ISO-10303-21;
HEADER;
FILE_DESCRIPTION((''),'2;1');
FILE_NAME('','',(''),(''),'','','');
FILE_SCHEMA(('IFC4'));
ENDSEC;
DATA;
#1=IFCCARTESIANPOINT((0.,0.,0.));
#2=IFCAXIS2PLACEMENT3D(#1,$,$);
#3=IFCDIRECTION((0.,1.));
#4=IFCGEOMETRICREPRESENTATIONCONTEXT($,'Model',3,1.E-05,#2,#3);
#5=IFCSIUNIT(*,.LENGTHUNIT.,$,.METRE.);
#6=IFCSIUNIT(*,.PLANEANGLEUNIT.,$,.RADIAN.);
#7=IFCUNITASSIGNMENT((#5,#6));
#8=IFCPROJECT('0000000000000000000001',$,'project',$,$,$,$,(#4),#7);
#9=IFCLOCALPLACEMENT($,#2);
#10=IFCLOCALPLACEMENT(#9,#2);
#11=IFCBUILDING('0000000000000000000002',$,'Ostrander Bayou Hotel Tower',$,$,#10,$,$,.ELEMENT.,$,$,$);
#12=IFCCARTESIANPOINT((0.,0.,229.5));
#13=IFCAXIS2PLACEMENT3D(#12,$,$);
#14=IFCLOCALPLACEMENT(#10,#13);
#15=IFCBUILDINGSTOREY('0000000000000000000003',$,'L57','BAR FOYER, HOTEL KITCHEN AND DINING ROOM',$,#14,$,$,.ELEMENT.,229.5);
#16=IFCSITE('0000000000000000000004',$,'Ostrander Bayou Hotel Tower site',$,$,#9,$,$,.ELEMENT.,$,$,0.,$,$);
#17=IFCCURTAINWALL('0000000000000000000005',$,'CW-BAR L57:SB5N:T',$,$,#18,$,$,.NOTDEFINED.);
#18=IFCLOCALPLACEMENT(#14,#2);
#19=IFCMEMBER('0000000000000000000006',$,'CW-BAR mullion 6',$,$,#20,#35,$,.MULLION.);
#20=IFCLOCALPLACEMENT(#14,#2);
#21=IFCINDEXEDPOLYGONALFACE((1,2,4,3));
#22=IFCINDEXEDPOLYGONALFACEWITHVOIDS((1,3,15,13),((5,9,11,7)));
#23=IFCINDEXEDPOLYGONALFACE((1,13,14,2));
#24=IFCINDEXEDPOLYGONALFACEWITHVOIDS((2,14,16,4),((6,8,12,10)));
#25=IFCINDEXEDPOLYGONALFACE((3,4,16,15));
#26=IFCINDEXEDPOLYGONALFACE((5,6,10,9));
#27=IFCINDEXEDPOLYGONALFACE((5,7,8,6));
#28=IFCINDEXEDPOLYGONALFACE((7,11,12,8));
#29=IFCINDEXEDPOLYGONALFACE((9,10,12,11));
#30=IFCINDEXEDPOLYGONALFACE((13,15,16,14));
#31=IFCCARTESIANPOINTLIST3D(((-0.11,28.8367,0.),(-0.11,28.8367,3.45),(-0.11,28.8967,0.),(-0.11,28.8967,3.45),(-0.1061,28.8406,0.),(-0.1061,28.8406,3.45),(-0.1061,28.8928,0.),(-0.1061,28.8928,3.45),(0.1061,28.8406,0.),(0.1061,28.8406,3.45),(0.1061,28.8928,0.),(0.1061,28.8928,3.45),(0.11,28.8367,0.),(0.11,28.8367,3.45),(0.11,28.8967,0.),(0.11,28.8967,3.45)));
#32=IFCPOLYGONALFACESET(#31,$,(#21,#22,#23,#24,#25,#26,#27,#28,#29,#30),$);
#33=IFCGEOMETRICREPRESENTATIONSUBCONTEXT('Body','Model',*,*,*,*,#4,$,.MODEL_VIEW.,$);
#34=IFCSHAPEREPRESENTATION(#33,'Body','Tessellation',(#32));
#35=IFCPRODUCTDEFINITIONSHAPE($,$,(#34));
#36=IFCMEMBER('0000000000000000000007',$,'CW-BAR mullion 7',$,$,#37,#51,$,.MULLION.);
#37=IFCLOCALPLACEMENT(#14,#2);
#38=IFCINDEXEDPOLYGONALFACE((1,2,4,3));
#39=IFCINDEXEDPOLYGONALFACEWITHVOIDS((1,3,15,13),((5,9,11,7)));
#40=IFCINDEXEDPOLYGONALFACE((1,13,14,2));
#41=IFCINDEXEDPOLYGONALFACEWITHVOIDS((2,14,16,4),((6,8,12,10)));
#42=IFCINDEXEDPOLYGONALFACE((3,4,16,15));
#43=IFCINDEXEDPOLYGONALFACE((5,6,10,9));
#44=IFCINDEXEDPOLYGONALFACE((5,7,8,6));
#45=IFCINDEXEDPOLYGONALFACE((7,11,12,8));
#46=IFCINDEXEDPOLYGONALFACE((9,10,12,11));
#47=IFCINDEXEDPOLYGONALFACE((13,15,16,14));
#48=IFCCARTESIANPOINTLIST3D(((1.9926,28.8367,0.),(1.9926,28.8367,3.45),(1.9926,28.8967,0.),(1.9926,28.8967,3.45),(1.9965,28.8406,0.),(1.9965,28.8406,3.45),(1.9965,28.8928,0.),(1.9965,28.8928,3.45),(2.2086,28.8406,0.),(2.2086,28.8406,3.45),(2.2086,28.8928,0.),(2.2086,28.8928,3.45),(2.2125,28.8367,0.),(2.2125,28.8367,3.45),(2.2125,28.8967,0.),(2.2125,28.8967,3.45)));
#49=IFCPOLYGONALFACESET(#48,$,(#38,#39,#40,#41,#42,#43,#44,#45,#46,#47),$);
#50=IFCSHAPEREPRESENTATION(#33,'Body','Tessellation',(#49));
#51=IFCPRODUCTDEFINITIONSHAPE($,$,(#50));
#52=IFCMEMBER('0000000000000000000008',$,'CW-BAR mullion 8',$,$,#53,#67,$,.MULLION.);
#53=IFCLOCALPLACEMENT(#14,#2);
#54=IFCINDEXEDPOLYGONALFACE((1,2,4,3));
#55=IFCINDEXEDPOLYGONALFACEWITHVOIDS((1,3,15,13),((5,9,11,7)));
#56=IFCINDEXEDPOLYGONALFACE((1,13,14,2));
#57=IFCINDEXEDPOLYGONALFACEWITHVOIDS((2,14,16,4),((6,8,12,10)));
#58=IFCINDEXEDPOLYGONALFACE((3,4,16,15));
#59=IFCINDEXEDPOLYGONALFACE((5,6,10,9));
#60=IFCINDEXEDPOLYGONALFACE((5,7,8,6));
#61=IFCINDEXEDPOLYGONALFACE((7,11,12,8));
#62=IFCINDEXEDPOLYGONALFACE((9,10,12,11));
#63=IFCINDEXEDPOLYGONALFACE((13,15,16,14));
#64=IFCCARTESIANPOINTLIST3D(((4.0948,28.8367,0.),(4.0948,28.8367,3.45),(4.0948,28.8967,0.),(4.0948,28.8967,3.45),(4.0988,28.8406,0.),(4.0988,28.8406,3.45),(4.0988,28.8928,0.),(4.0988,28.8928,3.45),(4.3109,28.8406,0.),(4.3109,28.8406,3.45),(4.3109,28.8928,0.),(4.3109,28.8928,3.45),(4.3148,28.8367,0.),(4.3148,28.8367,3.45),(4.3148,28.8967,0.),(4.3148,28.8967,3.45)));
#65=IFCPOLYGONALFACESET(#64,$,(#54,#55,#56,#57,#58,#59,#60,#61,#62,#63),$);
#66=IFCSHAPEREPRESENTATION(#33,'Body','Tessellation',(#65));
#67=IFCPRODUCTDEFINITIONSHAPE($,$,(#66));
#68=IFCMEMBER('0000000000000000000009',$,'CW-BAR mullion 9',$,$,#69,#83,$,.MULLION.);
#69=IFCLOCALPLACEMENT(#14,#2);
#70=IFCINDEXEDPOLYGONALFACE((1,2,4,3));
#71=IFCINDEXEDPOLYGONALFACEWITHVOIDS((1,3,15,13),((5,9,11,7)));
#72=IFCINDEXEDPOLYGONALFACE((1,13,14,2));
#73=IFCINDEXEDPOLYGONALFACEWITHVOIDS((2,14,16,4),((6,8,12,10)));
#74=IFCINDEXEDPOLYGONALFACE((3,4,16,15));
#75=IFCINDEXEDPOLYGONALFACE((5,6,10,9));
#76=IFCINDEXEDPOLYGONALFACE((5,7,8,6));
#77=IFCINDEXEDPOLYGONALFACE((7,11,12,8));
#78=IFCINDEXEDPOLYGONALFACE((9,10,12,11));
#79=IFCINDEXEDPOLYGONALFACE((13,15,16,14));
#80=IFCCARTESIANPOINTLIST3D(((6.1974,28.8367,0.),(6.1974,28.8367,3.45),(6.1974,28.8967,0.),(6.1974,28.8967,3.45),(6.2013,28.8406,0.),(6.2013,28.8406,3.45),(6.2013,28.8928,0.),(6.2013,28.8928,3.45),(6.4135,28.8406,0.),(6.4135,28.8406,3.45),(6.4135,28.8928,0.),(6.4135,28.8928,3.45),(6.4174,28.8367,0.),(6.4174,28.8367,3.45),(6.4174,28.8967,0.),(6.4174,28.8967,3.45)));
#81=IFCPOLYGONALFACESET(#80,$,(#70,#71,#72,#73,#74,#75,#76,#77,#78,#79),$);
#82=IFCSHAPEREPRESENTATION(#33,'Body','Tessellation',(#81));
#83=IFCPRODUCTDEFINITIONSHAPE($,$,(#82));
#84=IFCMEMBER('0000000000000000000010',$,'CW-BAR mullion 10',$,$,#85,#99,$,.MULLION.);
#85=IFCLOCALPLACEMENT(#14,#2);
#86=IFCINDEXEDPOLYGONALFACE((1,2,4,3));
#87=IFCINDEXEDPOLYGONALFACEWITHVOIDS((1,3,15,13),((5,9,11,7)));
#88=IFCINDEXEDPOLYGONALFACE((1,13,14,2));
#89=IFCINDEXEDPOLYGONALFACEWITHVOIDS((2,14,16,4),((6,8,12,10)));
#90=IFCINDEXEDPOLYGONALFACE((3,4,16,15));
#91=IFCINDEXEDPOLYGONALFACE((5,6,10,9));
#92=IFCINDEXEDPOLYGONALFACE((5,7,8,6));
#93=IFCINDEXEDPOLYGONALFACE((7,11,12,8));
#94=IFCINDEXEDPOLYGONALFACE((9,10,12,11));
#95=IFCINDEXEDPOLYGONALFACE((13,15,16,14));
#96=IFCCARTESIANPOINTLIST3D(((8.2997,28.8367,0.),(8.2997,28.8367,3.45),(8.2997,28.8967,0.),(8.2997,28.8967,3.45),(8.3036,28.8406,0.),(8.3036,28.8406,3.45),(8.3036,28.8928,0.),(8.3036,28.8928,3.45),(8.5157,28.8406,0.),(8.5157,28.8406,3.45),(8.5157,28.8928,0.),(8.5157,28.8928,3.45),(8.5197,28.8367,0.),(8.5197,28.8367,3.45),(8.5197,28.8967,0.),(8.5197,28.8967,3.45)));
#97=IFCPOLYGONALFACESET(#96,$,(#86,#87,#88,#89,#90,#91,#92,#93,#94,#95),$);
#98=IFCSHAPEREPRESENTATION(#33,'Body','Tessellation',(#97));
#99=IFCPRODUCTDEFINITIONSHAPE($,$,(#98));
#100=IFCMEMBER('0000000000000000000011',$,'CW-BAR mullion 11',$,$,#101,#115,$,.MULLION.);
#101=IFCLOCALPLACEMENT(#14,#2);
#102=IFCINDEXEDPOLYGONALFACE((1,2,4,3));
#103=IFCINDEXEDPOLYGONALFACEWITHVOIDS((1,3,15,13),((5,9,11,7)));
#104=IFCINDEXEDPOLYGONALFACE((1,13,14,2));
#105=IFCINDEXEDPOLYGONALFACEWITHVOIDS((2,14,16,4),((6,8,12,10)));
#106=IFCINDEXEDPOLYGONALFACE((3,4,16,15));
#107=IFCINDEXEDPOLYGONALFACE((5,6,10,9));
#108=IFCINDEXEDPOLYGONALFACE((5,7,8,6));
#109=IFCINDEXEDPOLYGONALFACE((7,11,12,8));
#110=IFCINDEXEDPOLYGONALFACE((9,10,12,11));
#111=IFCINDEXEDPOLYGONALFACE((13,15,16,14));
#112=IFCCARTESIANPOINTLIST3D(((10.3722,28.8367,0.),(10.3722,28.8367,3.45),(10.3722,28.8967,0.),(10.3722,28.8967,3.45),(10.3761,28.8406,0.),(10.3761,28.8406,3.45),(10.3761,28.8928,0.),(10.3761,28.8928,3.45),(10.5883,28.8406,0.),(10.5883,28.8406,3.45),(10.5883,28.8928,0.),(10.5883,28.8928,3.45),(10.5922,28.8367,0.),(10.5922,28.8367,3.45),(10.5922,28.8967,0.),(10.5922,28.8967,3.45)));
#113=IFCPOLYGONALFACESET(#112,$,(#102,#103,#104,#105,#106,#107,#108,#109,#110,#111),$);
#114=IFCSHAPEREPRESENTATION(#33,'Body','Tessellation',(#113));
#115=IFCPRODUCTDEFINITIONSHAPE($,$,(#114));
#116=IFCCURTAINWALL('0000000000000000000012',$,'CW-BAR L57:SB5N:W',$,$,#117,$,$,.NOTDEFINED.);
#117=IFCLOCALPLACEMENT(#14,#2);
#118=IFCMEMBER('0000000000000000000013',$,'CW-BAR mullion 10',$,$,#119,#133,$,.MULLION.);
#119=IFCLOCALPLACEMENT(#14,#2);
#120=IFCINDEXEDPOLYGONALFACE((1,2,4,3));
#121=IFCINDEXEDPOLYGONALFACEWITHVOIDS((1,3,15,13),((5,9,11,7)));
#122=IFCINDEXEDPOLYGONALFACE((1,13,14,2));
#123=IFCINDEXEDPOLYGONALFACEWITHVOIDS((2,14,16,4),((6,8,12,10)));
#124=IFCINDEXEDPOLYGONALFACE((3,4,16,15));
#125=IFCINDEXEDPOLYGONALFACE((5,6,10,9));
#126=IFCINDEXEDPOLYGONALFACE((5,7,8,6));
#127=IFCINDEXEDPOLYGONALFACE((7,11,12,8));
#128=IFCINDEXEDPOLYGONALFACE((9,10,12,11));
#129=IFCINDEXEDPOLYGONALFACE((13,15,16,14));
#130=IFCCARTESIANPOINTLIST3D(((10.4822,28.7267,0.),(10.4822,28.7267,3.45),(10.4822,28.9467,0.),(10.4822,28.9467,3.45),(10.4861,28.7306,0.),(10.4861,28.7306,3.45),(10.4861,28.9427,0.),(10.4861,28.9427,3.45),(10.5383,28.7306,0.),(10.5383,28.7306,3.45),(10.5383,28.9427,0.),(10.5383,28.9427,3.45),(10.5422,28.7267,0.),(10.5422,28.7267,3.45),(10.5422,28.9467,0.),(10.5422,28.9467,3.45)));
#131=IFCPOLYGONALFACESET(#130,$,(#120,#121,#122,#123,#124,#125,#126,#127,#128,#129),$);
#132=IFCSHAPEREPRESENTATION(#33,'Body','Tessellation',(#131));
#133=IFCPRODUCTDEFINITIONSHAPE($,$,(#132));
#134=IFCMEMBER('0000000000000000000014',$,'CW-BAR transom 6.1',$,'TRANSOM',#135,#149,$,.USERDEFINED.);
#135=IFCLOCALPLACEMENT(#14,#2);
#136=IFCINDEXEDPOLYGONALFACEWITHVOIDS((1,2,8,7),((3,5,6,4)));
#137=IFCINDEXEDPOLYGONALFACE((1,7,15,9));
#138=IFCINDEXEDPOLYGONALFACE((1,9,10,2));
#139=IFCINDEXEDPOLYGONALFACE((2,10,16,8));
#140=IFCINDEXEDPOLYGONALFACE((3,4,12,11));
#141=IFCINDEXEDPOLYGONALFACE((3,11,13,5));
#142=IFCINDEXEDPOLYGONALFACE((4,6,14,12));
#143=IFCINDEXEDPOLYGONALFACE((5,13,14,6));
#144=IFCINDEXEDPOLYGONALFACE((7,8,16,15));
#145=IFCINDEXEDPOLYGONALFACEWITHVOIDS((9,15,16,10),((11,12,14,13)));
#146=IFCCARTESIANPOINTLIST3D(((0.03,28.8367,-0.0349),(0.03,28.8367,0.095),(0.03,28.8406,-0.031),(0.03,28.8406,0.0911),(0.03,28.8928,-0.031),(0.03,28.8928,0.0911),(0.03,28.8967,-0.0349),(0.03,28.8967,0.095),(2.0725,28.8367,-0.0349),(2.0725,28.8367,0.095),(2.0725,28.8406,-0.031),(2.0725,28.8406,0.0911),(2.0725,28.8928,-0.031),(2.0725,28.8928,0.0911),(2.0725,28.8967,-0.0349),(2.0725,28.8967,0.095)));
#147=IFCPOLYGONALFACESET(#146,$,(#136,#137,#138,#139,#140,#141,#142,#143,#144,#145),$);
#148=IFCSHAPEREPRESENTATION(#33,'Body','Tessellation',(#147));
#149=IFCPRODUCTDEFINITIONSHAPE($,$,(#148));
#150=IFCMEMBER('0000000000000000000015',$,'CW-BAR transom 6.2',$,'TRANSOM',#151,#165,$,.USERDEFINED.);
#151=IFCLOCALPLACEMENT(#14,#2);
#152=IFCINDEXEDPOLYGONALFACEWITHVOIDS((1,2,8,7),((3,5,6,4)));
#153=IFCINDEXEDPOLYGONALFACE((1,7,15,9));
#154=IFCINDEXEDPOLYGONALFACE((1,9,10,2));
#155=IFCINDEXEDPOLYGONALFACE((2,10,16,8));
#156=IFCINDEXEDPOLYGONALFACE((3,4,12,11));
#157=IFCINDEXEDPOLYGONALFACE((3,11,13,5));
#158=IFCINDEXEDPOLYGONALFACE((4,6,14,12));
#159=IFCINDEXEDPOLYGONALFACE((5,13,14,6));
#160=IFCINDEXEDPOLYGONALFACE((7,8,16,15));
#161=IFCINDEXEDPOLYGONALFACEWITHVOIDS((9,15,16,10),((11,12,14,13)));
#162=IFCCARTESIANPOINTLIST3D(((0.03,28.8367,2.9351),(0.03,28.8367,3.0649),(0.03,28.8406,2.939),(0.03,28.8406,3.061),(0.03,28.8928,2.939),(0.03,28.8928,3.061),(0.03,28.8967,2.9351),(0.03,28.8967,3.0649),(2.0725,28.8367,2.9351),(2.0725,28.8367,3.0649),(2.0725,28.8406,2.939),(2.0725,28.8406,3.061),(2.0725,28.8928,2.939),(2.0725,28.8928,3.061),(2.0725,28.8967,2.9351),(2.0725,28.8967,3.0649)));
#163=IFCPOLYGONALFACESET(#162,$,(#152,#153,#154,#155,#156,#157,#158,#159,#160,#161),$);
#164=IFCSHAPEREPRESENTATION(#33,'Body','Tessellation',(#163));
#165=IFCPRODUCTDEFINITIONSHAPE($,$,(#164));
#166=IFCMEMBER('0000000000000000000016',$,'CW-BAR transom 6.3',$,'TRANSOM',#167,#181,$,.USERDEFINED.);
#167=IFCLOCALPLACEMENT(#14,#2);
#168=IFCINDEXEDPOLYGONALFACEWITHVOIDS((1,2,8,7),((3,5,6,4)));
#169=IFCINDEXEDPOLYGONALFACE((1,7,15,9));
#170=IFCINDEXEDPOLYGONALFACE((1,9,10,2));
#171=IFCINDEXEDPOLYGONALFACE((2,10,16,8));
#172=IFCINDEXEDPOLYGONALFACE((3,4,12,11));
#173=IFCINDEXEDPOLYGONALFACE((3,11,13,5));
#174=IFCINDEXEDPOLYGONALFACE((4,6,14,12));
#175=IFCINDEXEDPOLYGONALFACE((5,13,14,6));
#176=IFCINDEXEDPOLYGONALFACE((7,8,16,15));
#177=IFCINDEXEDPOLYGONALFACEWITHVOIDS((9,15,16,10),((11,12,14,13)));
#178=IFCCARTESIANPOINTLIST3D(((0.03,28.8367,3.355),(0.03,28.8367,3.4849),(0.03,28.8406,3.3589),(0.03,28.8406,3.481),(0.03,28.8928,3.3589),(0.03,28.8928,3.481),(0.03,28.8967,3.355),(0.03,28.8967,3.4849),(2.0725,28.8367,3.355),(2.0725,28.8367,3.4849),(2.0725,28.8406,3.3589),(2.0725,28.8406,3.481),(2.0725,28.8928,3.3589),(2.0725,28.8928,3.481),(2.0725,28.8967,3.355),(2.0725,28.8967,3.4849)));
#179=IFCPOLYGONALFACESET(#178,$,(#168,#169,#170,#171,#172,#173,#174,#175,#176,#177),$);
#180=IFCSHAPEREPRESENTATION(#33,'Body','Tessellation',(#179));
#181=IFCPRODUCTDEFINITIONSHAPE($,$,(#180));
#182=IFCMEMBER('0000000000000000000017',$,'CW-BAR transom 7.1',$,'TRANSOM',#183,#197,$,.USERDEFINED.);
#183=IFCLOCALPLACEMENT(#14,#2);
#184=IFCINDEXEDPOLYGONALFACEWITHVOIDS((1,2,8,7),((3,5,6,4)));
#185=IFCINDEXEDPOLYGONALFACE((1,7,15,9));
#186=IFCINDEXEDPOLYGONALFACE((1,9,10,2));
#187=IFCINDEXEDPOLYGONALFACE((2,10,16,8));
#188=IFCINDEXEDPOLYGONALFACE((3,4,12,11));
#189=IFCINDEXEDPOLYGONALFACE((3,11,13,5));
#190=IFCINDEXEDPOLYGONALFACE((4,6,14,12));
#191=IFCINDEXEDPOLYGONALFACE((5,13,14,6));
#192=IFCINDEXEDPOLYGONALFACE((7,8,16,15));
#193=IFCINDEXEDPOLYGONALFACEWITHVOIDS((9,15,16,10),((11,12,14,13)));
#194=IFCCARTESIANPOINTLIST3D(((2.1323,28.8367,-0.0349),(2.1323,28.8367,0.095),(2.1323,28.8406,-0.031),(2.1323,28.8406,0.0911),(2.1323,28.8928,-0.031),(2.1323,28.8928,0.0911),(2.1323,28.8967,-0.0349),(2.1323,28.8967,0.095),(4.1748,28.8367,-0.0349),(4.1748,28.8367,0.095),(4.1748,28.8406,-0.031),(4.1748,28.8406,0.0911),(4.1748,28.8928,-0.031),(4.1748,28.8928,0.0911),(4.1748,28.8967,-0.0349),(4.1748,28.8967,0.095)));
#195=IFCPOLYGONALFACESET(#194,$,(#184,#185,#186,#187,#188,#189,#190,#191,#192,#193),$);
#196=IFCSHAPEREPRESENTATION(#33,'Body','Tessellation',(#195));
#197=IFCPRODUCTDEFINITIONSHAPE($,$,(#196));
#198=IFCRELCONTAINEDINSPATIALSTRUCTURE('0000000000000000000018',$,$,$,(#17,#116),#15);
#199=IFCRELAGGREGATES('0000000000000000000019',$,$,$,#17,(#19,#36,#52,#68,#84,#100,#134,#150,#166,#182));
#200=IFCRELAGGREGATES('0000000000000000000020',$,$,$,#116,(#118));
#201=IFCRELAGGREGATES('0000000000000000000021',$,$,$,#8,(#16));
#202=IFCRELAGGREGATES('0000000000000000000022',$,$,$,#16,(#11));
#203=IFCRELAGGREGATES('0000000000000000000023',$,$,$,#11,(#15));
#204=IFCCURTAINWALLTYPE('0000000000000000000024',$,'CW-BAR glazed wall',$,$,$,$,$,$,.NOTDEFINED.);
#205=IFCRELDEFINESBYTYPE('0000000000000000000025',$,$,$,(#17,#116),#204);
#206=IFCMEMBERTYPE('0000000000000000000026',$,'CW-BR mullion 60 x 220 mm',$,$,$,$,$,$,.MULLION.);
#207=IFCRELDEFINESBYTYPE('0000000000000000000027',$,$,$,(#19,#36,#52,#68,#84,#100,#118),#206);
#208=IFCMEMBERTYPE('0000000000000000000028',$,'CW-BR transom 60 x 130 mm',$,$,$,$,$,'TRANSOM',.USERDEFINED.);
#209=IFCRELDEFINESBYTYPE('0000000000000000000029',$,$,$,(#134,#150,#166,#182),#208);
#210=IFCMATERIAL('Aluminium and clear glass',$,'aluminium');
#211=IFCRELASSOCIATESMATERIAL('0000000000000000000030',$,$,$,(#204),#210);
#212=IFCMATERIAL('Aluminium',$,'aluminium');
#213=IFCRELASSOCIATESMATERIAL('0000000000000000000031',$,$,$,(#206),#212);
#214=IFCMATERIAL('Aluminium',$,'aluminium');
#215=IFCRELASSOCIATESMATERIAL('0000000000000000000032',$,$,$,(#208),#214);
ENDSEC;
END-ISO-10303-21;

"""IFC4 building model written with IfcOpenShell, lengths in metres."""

from ifc_helpers import new_model, si_unit, direction, frame, origin, origin_2d, place, context, subcontext, project, spatial, hollow_rectangle, extrude, material, material_profile, profile_set, type_object, element, aggregate, save


model = new_model("IFC4")

# Units and contexts
model_context = context("Model", 3, precision=1e-05, world=origin(), true_north=direction((0.0, 1.0)))
body_context = subcontext(model_context, "Body", "Model", "MODEL_VIEW")
ifc_project = project(units=[si_unit("LENGTHUNIT", "METRE"), si_unit("PLANEANGLEUNIT", "RADIAN")], contexts=[model_context])

# Site, building, storey
site_placement = place(None, origin())
site = spatial("IfcSite", under=ifc_project, at=site_placement, Name="Ostrander Bayou Hotel Tower site", CompositionType="ELEMENT", RefElevation=0.0)
building_placement = place(site_placement, origin())
building = spatial("IfcBuilding", under=site, at=building_placement, Name="Ostrander Bayou Hotel Tower", CompositionType="ELEMENT")
storey_placement = place(building_placement, frame((0.0, 0.0, 229.5)))
storey = spatial("IfcBuildingStorey", under=building, at=storey_placement, Name="L57", Description="BAR FOYER, HOTEL KITCHEN AND DINING ROOM", CompositionType="ELEMENT", Elevation=229.5)

# Curtain wall, members
ifc_material_1 = material(Name="Aluminium and clear glass", Category="aluminium")
curtain_wall_type = type_object("IfcCurtainWallType", Name="CW-BAR glazed wall", PredefinedType="NOTDEFINED", material=ifc_material_1)
curtain_wall_1_placement = place(storey_placement, origin())
curtain_wall_1 = element("IfcCurtainWall", 1, at=curtain_wall_1_placement, inside=storey, type_object=curtain_wall_type, Name="CW-BAR L57:SB5N:T", PredefinedType="NOTDEFINED")
ifc_material_2 = material(Name="Aluminium", Category="aluminium")
ifc_material_profile_1 = material_profile(ifc_material_2, hollow_rectangle(XDim=0.0601, YDim=0.22, WallThickness=0.0039, at=origin_2d()))
ifc_profile_set_1 = profile_set([ifc_material_profile_1], Name="Aluminium")
member_type_1 = type_object("IfcMemberType", Name="CW-BR mullion 60 x 220 mm", PredefinedType="MULLION", material=ifc_profile_set_1)
member_1_placement = place(storey_placement, frame((0.0, 28.8667, 0.0), z_axis=(0.0, 0.0, 1.0), x_axis=(0.0, 1.0, 0.0)))
member_1 = element("IfcMember", 2, at=member_1_placement, type_object=member_type_1, Name="CW-BAR mullion 6", PredefinedType="MULLION", context=body_context, shape_type="SweptSolid", body=[
    extrude(hollow_rectangle(XDim=0.0601, YDim=0.22, WallThickness=0.0039, at=origin_2d()), origin(), (0.0, 0.0, 1.0), 3.45),
])
member_2_placement = place(storey_placement, frame((2.1025, 28.8667, 0.0), z_axis=(0.0, 0.0, 1.0), x_axis=(0.0, 1.0, 0.0)))
member_2 = element("IfcMember", 3, at=member_2_placement, type_object=member_type_1, Name="CW-BAR mullion 7", PredefinedType="MULLION", context=body_context, shape_type="SweptSolid", body=[
    extrude(hollow_rectangle(XDim=0.0601, YDim=0.22, WallThickness=0.0039, at=origin_2d()), origin(), (0.0, 0.0, 1.0), 3.45),
])
member_3_placement = place(storey_placement, frame((4.2048, 28.8667, 0.0), z_axis=(0.0, 0.0, 1.0), x_axis=(0.0, 1.0, 0.0)))
member_3 = element("IfcMember", 4, at=member_3_placement, type_object=member_type_1, Name="CW-BAR mullion 8", PredefinedType="MULLION", context=body_context, shape_type="SweptSolid", body=[
    extrude(hollow_rectangle(XDim=0.0601, YDim=0.22, WallThickness=0.0039, at=origin_2d()), origin(), (0.0, 0.0, 1.0), 3.45),
])
member_4_placement = place(storey_placement, frame((6.3074, 28.8667, 0.0), z_axis=(0.0, 0.0, 1.0), x_axis=(0.0, 1.0, 0.0)))
member_4 = element("IfcMember", 5, at=member_4_placement, type_object=member_type_1, Name="CW-BAR mullion 9", PredefinedType="MULLION", context=body_context, shape_type="SweptSolid", body=[
    extrude(hollow_rectangle(XDim=0.0601, YDim=0.22, WallThickness=0.0039, at=origin_2d()), origin(), (0.0, 0.0, 1.0), 3.45),
])
member_5_placement = place(storey_placement, frame((8.4097, 28.8667, 0.0), z_axis=(0.0, 0.0, 1.0), x_axis=(0.0, 1.0, 0.0)))
member_5 = element("IfcMember", 6, at=member_5_placement, type_object=member_type_1, Name="CW-BAR mullion 10", PredefinedType="MULLION", context=body_context, shape_type="SweptSolid", body=[
    extrude(hollow_rectangle(XDim=0.0601, YDim=0.22, WallThickness=0.0039, at=origin_2d()), origin(), (0.0, 0.0, 1.0), 3.45),
])
member_6_placement = place(storey_placement, frame((10.4822, 28.8667, 0.0), z_axis=(0.0, 0.0, 1.0), x_axis=(0.0, 1.0, 0.0)))
member_6 = element("IfcMember", 7, at=member_6_placement, type_object=member_type_1, Name="CW-BAR mullion 11", PredefinedType="MULLION", context=body_context, shape_type="SweptSolid", body=[
    extrude(hollow_rectangle(XDim=0.0601, YDim=0.22, WallThickness=0.0039, at=origin_2d()), origin(), (0.0, 0.0, 1.0), 3.45),
])

# Curtain wall, member
curtain_wall_2_placement = place(storey_placement, origin())
curtain_wall_2 = element("IfcCurtainWall", 8, at=curtain_wall_2_placement, inside=storey, type_object=curtain_wall_type, Name="CW-BAR L57:SB5N:W", PredefinedType="NOTDEFINED")
member_7_placement = place(storey_placement, frame((10.5122, 28.8367, 0.0), z_axis=(0.0, 0.0, 1.0), x_axis=(-1.0, 0.0, 0.0)))
member_7 = element("IfcMember", 9, at=member_7_placement, type_object=member_type_1, Name="CW-BAR mullion 10", PredefinedType="MULLION", context=body_context, shape_type="SweptSolid", body=[
    extrude(hollow_rectangle(XDim=0.0601, YDim=0.22, WallThickness=0.0039, at=origin_2d()), origin(), (0.0, 0.0, 1.0), 3.45),
])

# Members
ifc_material_3 = material(Name="Aluminium", Category="aluminium")
ifc_material_profile_2 = material_profile(ifc_material_3, hollow_rectangle(XDim=0.0601, YDim=0.1299, WallThickness=0.0039, at=origin_2d()))
ifc_profile_set_2 = profile_set([ifc_material_profile_2], Name="Aluminium")
member_type_2 = type_object("IfcMemberType", Name="CW-BR transom 60 x 130 mm", ElementType="TRANSOM", PredefinedType="USERDEFINED", material=ifc_profile_set_2)
member_8_placement = place(storey_placement, frame((0.03, 28.8667, 0.03), z_axis=(1.0, 0.0, 0.0), x_axis=(0.0, 1.0, 0.0)))
member_8 = element("IfcMember", 10, at=member_8_placement, type_object=member_type_2, Name="CW-BAR transom 6.1", ObjectType="TRANSOM", PredefinedType="USERDEFINED", context=body_context, shape_type="SweptSolid", body=[
    extrude(hollow_rectangle(XDim=0.0601, YDim=0.1299, WallThickness=0.0039, at=origin_2d()), origin(), (0.0, 0.0, 1.0), 2.0425),
])
member_9_placement = place(storey_placement, frame((0.03, 28.8667, 3.0), z_axis=(1.0, 0.0, 0.0), x_axis=(0.0, 1.0, 0.0)))
member_9 = element("IfcMember", 11, at=member_9_placement, type_object=member_type_2, Name="CW-BAR transom 6.2", ObjectType="TRANSOM", PredefinedType="USERDEFINED", context=body_context, shape_type="SweptSolid", body=[
    extrude(hollow_rectangle(XDim=0.0601, YDim=0.1299, WallThickness=0.0039, at=origin_2d()), origin(), (0.0, 0.0, 1.0), 2.0425),
])
member_10_placement = place(storey_placement, frame((0.03, 28.8667, 3.4199), z_axis=(1.0, 0.0, 0.0), x_axis=(0.0, 1.0, 0.0)))
member_10 = element("IfcMember", 12, at=member_10_placement, type_object=member_type_2, Name="CW-BAR transom 6.3", ObjectType="TRANSOM", PredefinedType="USERDEFINED", context=body_context, shape_type="SweptSolid", body=[
    extrude(hollow_rectangle(XDim=0.0601, YDim=0.1299, WallThickness=0.0039, at=origin_2d()), origin(), (0.0, 0.0, 1.0), 2.0425),
])
member_11_placement = place(storey_placement, frame((2.1323, 28.8667, 0.03), z_axis=(1.0, 0.0, 0.0), x_axis=(0.0, 1.0, 0.0)))
member_11 = element("IfcMember", 13, at=member_11_placement, type_object=member_type_2, Name="CW-BAR transom 7.1", ObjectType="TRANSOM", PredefinedType="USERDEFINED", context=body_context, shape_type="SweptSolid", body=[
    extrude(hollow_rectangle(XDim=0.0601, YDim=0.1299, WallThickness=0.0039, at=origin_2d()), origin(), (0.0, 0.0, 1.0), 2.0425),
])

aggregate(curtain_wall_1, [member_1, member_2, member_3, member_4, member_5, member_6, member_8, member_9, member_10, member_11])
aggregate(curtain_wall_2, [member_7])

save(model, "model.ifc")
